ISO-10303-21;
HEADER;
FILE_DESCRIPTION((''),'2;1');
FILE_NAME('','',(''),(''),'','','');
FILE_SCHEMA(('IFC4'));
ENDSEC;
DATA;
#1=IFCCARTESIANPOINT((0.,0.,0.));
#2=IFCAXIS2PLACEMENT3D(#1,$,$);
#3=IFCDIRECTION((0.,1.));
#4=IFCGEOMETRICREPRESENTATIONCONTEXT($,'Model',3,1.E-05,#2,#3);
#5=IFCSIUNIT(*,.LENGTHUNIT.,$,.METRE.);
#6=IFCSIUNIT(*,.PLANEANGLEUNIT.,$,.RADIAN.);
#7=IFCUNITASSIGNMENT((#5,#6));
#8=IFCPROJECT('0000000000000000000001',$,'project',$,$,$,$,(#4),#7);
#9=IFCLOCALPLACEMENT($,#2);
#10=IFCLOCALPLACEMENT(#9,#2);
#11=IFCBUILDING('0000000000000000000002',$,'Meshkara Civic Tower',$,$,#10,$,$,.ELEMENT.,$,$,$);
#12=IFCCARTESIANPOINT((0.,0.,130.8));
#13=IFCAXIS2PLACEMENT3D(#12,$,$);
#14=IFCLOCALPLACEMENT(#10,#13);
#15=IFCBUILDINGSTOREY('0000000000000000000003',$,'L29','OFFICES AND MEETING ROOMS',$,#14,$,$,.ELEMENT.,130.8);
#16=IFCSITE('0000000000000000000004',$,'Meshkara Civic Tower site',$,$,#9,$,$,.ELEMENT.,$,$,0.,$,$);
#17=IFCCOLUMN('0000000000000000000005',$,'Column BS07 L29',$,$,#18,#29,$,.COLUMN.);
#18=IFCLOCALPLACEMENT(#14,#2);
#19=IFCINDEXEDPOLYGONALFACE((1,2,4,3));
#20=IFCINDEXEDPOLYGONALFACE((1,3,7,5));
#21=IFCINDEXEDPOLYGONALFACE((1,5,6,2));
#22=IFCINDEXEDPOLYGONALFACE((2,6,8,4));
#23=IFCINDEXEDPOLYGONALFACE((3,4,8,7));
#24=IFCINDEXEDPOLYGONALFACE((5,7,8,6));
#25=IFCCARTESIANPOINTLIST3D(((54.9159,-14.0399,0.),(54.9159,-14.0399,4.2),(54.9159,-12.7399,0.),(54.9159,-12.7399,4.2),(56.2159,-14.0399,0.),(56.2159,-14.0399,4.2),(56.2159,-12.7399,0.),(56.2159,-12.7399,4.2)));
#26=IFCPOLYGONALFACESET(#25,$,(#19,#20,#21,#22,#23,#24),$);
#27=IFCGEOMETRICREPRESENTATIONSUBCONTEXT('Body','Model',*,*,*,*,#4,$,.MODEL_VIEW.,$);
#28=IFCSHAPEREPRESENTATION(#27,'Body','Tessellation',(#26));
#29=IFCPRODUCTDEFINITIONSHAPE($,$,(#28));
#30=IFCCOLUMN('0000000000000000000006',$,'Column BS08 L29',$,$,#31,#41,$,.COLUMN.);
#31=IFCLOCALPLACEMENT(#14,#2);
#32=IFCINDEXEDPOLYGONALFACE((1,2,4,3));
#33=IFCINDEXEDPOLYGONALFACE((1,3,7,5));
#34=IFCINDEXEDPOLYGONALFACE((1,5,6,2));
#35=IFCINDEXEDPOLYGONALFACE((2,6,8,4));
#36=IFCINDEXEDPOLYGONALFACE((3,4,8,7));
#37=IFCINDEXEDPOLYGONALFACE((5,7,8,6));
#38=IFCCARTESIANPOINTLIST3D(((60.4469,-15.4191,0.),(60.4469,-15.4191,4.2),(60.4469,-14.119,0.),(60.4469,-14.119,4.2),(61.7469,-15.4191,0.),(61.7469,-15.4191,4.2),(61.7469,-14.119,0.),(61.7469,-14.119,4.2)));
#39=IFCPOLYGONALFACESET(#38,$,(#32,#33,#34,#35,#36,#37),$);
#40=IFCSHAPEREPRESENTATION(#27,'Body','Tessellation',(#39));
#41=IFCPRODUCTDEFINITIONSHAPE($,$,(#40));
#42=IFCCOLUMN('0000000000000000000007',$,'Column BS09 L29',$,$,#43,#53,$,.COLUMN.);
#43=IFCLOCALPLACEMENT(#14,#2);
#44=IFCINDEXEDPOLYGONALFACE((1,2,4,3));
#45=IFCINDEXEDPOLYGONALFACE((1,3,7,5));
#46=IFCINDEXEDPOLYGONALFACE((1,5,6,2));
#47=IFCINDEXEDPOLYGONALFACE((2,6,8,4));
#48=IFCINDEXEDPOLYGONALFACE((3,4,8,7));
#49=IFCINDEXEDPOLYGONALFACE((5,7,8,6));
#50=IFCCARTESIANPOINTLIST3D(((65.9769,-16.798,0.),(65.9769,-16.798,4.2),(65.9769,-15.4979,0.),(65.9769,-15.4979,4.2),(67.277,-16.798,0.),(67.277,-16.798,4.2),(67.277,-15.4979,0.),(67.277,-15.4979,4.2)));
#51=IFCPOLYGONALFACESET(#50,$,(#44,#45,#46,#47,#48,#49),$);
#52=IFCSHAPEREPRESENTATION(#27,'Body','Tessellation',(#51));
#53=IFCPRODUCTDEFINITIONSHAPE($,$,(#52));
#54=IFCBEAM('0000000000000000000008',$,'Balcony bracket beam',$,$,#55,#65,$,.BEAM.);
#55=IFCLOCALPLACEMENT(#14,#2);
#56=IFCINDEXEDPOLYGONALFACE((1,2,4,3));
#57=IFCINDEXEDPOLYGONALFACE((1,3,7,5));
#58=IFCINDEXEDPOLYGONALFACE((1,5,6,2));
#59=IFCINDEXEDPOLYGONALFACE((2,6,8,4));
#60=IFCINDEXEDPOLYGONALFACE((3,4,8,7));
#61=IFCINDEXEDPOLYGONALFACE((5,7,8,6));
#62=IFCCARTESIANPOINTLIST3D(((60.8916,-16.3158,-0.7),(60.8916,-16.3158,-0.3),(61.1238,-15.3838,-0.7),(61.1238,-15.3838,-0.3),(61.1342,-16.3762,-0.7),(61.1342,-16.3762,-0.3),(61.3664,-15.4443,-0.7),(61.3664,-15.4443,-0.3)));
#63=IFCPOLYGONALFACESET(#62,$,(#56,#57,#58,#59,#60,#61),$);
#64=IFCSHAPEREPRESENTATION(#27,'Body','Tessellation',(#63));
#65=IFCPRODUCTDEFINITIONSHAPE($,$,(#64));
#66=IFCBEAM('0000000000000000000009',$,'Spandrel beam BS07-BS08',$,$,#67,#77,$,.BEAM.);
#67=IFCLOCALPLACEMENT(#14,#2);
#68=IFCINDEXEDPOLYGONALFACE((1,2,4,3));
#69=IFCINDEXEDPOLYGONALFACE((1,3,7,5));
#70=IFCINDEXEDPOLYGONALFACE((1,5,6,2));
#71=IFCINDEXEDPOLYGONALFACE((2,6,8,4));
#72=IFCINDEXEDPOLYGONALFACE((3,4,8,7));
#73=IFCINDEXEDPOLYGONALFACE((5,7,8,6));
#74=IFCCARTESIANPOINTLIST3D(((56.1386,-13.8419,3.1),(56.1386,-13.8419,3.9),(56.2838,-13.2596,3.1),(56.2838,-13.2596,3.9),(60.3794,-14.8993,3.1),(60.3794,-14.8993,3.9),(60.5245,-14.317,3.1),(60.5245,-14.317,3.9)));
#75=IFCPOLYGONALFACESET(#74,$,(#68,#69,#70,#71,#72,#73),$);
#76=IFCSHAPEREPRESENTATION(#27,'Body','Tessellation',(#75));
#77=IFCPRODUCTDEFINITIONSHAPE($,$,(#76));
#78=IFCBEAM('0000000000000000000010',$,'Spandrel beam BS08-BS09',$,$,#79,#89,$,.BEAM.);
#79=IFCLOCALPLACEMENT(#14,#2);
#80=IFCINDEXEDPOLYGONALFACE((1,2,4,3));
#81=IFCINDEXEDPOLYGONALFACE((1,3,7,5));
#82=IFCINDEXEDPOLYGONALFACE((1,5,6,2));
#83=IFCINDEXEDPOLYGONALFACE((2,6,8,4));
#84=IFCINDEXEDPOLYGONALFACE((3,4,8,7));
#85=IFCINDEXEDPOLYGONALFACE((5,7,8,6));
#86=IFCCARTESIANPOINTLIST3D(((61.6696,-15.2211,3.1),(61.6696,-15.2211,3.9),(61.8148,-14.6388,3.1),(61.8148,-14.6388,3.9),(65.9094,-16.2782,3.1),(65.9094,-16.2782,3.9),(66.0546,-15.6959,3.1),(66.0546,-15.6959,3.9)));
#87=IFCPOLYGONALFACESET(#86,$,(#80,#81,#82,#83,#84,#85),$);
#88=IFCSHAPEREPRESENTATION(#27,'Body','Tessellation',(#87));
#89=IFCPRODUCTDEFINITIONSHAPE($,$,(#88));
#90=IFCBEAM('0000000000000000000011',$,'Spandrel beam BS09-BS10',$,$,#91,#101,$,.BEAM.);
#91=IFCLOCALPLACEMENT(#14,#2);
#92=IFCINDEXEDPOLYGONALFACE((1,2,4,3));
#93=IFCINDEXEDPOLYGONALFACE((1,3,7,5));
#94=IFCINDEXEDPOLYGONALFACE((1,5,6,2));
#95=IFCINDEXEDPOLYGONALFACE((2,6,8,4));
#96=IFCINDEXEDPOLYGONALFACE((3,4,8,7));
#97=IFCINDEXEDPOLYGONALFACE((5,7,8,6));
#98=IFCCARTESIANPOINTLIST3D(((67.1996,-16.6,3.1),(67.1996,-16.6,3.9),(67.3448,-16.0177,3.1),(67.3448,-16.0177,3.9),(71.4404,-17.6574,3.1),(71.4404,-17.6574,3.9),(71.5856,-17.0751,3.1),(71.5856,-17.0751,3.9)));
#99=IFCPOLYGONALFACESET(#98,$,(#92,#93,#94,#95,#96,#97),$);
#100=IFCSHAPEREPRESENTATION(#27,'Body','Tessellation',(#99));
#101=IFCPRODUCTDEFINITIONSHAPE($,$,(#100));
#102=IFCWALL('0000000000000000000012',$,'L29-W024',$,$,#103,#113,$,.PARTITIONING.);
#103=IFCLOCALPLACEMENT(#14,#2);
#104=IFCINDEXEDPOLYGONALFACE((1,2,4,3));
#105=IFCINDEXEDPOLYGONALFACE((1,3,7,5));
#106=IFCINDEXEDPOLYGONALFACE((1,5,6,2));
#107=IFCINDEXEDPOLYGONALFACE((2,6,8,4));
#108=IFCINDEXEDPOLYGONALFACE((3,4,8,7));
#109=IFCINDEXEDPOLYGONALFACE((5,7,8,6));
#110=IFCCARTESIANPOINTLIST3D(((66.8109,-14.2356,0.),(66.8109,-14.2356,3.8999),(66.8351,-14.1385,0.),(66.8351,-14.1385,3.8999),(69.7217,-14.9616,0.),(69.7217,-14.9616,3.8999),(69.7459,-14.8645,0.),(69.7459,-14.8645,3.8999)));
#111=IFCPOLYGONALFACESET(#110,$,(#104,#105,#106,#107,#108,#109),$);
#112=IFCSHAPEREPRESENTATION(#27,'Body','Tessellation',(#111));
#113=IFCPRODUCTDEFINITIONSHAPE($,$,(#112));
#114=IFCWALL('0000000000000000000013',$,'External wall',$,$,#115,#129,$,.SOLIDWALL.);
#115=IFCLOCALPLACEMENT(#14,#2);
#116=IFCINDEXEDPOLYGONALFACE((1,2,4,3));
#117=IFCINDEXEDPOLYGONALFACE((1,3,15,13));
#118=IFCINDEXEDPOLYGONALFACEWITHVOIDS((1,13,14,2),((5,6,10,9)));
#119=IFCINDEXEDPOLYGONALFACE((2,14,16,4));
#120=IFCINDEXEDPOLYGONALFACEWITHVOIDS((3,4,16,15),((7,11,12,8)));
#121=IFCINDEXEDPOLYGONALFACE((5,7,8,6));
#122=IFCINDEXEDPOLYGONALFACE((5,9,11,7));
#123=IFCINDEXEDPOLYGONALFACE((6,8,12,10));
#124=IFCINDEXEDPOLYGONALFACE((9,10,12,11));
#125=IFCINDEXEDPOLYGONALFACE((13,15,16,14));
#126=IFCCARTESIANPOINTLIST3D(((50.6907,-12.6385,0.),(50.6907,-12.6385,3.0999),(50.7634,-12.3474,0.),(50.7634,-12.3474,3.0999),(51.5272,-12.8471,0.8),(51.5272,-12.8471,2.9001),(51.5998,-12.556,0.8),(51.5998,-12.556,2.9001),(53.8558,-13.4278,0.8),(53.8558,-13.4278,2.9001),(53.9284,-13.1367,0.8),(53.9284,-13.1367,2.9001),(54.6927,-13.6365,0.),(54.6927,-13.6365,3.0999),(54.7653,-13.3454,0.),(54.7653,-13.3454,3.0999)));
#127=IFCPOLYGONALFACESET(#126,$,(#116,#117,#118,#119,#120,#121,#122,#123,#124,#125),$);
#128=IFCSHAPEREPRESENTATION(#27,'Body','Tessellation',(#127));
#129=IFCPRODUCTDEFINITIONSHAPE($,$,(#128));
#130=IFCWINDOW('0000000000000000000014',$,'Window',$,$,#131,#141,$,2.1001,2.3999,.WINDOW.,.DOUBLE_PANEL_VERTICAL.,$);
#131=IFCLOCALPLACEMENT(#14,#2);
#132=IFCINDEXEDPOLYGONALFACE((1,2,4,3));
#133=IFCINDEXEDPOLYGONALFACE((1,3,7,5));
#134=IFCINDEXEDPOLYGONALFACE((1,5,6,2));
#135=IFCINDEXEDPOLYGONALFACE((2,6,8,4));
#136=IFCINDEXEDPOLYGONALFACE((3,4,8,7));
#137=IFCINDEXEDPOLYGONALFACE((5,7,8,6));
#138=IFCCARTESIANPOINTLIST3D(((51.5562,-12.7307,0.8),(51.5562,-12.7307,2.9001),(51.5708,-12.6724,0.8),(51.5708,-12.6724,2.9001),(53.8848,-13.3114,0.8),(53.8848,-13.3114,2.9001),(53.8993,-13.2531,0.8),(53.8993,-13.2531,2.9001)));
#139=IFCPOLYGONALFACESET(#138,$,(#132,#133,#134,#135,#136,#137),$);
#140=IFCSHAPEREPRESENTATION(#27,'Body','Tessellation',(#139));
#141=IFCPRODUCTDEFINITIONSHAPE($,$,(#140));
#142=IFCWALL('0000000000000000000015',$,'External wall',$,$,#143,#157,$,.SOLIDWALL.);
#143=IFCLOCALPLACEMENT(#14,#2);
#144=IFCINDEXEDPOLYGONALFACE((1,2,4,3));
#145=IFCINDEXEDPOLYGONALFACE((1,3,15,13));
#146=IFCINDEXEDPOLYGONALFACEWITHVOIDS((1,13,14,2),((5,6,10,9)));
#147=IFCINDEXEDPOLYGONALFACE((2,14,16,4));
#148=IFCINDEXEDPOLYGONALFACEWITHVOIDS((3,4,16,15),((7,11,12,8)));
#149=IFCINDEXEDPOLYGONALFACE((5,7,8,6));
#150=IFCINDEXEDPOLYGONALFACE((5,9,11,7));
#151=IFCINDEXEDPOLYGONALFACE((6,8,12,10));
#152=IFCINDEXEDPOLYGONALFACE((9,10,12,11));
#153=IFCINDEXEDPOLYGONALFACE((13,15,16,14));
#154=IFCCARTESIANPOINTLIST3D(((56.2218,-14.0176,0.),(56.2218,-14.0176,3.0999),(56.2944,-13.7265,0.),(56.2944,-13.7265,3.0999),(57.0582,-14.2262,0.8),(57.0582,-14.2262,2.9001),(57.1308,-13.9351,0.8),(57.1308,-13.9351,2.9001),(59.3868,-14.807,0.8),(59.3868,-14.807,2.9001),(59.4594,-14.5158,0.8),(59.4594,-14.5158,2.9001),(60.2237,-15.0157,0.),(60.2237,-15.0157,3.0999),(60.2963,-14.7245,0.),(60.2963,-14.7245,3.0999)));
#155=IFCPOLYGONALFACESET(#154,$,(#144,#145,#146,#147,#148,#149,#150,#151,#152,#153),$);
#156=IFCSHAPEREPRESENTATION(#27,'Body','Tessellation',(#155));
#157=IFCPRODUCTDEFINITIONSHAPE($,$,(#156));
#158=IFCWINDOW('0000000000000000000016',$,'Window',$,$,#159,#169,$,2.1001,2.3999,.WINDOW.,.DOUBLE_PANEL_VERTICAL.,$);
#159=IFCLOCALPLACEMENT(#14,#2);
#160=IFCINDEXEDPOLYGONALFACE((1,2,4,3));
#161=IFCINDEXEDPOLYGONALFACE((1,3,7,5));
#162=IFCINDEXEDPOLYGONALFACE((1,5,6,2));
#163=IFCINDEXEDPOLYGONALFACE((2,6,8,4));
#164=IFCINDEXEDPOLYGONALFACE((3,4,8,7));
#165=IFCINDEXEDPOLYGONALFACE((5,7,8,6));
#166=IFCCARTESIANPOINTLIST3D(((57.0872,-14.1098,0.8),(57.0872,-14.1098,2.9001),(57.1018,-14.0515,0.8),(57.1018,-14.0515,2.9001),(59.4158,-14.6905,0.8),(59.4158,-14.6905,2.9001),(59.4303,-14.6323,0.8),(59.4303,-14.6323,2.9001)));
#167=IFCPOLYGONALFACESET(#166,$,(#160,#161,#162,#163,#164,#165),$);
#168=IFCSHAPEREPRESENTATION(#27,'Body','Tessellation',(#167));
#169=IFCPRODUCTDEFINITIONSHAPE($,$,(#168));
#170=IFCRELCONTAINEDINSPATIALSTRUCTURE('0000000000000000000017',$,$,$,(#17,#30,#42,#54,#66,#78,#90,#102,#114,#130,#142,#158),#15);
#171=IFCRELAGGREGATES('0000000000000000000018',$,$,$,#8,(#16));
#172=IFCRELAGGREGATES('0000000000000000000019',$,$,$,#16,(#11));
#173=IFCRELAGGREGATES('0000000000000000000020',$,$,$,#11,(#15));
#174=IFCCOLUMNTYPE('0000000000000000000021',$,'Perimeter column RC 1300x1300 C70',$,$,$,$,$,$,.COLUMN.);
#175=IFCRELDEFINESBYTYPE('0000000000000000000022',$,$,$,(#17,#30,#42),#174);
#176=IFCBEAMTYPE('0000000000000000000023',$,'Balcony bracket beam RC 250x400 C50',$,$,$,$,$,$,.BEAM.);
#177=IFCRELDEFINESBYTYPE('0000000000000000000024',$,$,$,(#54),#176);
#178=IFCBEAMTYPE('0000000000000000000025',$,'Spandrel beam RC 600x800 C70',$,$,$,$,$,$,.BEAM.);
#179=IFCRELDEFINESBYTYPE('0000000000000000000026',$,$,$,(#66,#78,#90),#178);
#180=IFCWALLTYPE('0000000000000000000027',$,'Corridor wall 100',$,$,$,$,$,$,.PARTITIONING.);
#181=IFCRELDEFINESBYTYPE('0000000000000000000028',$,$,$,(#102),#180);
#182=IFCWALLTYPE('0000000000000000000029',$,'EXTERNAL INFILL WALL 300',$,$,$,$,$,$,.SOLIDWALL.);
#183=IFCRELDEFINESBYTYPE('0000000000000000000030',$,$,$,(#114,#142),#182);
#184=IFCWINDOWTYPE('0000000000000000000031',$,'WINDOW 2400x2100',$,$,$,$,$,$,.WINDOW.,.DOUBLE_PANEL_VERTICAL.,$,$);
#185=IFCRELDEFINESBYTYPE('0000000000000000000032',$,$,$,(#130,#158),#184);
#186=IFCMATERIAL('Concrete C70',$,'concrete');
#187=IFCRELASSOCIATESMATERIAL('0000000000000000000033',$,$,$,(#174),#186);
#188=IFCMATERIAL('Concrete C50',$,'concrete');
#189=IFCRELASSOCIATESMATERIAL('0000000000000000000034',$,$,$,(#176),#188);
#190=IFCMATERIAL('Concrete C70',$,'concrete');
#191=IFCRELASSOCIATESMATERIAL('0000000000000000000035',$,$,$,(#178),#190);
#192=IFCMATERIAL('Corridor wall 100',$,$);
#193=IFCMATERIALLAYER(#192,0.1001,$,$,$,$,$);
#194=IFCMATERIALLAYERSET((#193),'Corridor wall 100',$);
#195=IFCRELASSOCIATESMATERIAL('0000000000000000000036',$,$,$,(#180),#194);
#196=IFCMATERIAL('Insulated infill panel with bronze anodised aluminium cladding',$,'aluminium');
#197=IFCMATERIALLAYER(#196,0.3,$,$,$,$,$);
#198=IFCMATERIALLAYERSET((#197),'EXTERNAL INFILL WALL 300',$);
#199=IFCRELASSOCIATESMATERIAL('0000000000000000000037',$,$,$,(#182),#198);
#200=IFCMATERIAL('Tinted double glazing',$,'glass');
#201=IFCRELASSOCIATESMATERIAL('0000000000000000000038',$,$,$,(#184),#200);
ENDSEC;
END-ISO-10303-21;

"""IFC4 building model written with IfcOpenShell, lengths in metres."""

from ifc_helpers import new_model, si_unit, direction, frame, frame_2d, origin, origin_2d, place, context, subcontext, project, spatial, rectangle, extrude, material, layer, layer_set, material_profile, profile_set, type_object, element, fill, save


model = new_model("IFC4")

# Units and contexts
model_context = context("Model", 3, precision=1e-05, world=origin(), true_north=direction((0.0, 1.0)))
body_context = subcontext(model_context, "Body", "Model", "MODEL_VIEW")
ifc_project = project(units=[si_unit("LENGTHUNIT", "METRE"), si_unit("PLANEANGLEUNIT", "RADIAN")], contexts=[model_context])

# Site, building, storey
site_placement = place(None, origin())
site = spatial("IfcSite", under=ifc_project, at=site_placement, Name="Meshkara Civic Tower site", CompositionType="ELEMENT", RefElevation=0.0)
building_placement = place(site_placement, origin())
building = spatial("IfcBuilding", under=site, at=building_placement, Name="Meshkara Civic Tower", CompositionType="ELEMENT")
storey_placement = place(building_placement, frame((0.0, 0.0, 130.8)))
storey = spatial("IfcBuildingStorey", under=building, at=storey_placement, Name="L29", Description="OFFICES AND MEETING ROOMS", CompositionType="ELEMENT", Elevation=130.8)

# Columns
ifc_material_1 = material(Name="Concrete C70", Category="concrete")
ifc_material_profile_1 = material_profile(ifc_material_1, rectangle(XDim=1.3, YDim=1.3, at=origin_2d()))
ifc_profile_set_1 = profile_set([ifc_material_profile_1], Name="Concrete C70")
column_type = type_object("IfcColumnType", Name="Perimeter column RC 1300x1300 C70", PredefinedType="COLUMN", material=ifc_profile_set_1)
for number, where, z_axis, x_axis, name in (
    (1, (55.5659, -13.3899, 0.0), (0.0, 0.0, 1.0), (1.0, 0.0, 0.0), "Column BS07 L29"),
    (2, (61.0969, -14.769, 0.0), (0.0, 0.0, 1.0), (1.0, 0.0, 0.0), "Column BS08 L29"),
    (3, (66.627, -16.1479, 0.0), (0.0, 0.0, 1.0), (1.0, 0.0, 0.0), "Column BS09 L29"),
):
    element("IfcColumn", number, at=place(storey_placement, frame(where, z_axis=z_axis, x_axis=x_axis)), inside=storey, type_object=column_type, Name=name, PredefinedType="COLUMN", context=body_context, shape_type="SweptSolid", body=[
        extrude(rectangle(XDim=1.3, YDim=1.3, at=origin_2d()), origin(), (0.0, 0.0, 1.0), 4.2),
    ])

# Beams
ifc_material_2 = material(Name="Concrete C50", Category="concrete")
ifc_material_profile_2 = material_profile(ifc_material_2, rectangle(XDim=0.25, YDim=0.3999, at=origin_2d()))
ifc_profile_set_2 = profile_set([ifc_material_profile_2], Name="Concrete C50")
beam_type_1 = type_object("IfcBeamType", Name="Balcony bracket beam RC 250x400 C50", PredefinedType="BEAM", material=ifc_profile_set_2)
beam_1_placement = place(storey_placement, frame((61.2451, -15.4141, -0.5), z_axis=(-0.241758, -0.970337, 0.0), x_axis=(0.970337, -0.241758, 0.0)))
element("IfcBeam", 4, at=beam_1_placement, inside=storey, type_object=beam_type_1, Name="Balcony bracket beam", PredefinedType="BEAM", context=body_context, shape_type="SweptSolid", body=[
    extrude(rectangle(XDim=0.25, YDim=0.3999, at=origin_2d()), origin(), (0.0, 0.0, 1.0), 0.9604),
])
ifc_material_3 = material(Name="Concrete C70", Category="concrete")
ifc_material_profile_3 = material_profile(ifc_material_3, rectangle(XDim=0.6001, YDim=0.8, at=origin_2d()))
ifc_profile_set_3 = profile_set([ifc_material_profile_3], Name="Concrete C70")
beam_type_2 = type_object("IfcBeamType", Name="Spandrel beam RC 600x800 C70", PredefinedType="BEAM", material=ifc_profile_set_3)
beam_2_placement = place(storey_placement, frame((56.2112, -13.5508, 3.5), z_axis=(0.970293, -0.241931, 0.0), x_axis=(0.241931, 0.970293, 0.0)))
element("IfcBeam", 5, at=beam_2_placement, inside=storey, type_object=beam_type_2, Name="Spandrel beam BS07-BS08", PredefinedType="BEAM", context=body_context, shape_type="SweptSolid", body=[
    extrude(rectangle(XDim=0.6001, YDim=0.8, at=origin_2d()), origin(), (0.0, 0.0, 1.0), 4.3706),
])
beam_3_placement = place(storey_placement, frame((61.7422, -14.9299, 3.5), z_axis=(0.970293, -0.241931, 0.0), x_axis=(0.241931, 0.970293, 0.0)))
element("IfcBeam", 6, at=beam_3_placement, inside=storey, type_object=beam_type_2, Name="Spandrel beam BS08-BS09", PredefinedType="BEAM", context=body_context, shape_type="SweptSolid", body=[
    extrude(rectangle(XDim=0.6001, YDim=0.8, at=origin_2d()), origin(), (0.0, 0.0, 1.0), 4.3696),
])
beam_4_placement = place(storey_placement, frame((67.2722, -16.3088, 3.5), z_axis=(0.970293, -0.241931, 0.0), x_axis=(0.241931, 0.970293, 0.0)))
element("IfcBeam", 7, at=beam_4_placement, inside=storey, type_object=beam_type_2, Name="Spandrel beam BS09-BS10", PredefinedType="BEAM", context=body_context, shape_type="SweptSolid", body=[
    extrude(rectangle(XDim=0.6001, YDim=0.8, at=origin_2d()), origin(), (0.0, 0.0, 1.0), 4.3706),
])

# Wall
ifc_material_4 = material(Name="Corridor wall 100")
ifc_layer_1 = layer(ifc_material_4, 0.1001)
ifc_layer_set_1 = layer_set([ifc_layer_1], Name="Corridor wall 100")
wall_type_1 = type_object("IfcWallType", Name="Corridor wall 100", PredefinedType="PARTITIONING", material=ifc_layer_set_1)
wall_1_placement = place(storey_placement, frame((66.823, -14.187, 0.0), z_axis=(0.0, 0.0, 1.0), x_axis=(0.970272, -0.242019, 0.0)))
element("IfcWall", 8, at=wall_1_placement, inside=storey, type_object=wall_type_1, Name="L29-W024", PredefinedType="PARTITIONING", context=body_context, shape_type="SweptSolid", body=[
    extrude(rectangle(XDim=3.0, YDim=0.1001, at=frame_2d((1.5, 0.0))), origin(), (0.0, 0.0, 1.0), 3.8999),
])

# Walls, openings, windows
ifc_material_5 = material(Name="Insulated infill panel with bronze anodised aluminium cladding", Category="aluminium")
ifc_layer_2 = layer(ifc_material_5, 0.3)
ifc_layer_set_2 = layer_set([ifc_layer_2], Name="EXTERNAL INFILL WALL 300")
wall_type_2 = type_object("IfcWallType", Name="EXTERNAL INFILL WALL 300", PredefinedType="SOLIDWALL", material=ifc_layer_set_2)
wall_2_placement = place(storey_placement, frame((50.7271, -12.4929, 0.0), z_axis=(0.0, 0.0, 1.0), x_axis=(0.970282, -0.241978, 0.0)))
wall_2 = element("IfcWall", 9, at=wall_2_placement, inside=storey, type_object=wall_type_2, Name="External wall", PredefinedType="SOLIDWALL", context=body_context, shape_type="SweptSolid", body=[
    extrude(rectangle(XDim=4.1245, YDim=0.3, at=frame_2d((2.0623, 0.0))), origin(), (0.0, 0.0, 1.0), 3.0999),
])
opening_1_placement = place(wall_2_placement, frame((0.8621, 0.0, 0.8)))
opening_1 = element("IfcOpeningElement", 10, at=opening_1_placement, cuts=wall_2, PredefinedType="OPENING", context=body_context, shape_type="SweptSolid", body=[
    extrude(rectangle(XDim=2.3999, YDim=2.1001, at=frame_2d((1.2, 1.05))), frame((0.0, 0.1599, 0.0), z_axis=(0.0, -1.0, 0.0), x_axis=(1.0, 0.0, 0.0)), (0.0, 0.0, 1.0), 0.3201),
])
ifc_material_6 = material(Name="Tinted double glazing", Category="glass")
window_type = type_object("IfcWindowType", Name="WINDOW 2400x2100", PartitioningType="DOUBLE_PANEL_VERTICAL", PredefinedType="WINDOW", material=ifc_material_6)
window_1_placement = place(opening_1_placement, origin())
window_1 = element("IfcWindow", 11, at=window_1_placement, inside=storey, type_object=window_type, Name="Window", OverallHeight=2.1001, OverallWidth=2.3999, PartitioningType="DOUBLE_PANEL_VERTICAL", PredefinedType="WINDOW", context=body_context, shape_type="SweptSolid", body=[
    extrude(rectangle(XDim=2.3999, YDim=2.1001, at=frame_2d((1.2, 1.05))), frame((0.0, 0.03, 0.0), z_axis=(0.0, -1.0, 0.0), x_axis=(1.0, 0.0, 0.0)), (0.0, 0.0, 1.0), 0.0601),
])
fill(opening_1, window_1)
wall_3_placement = place(storey_placement, frame((56.2581, -13.8721, 0.0), z_axis=(0.0, 0.0, 1.0), x_axis=(0.970282, -0.241978, 0.0)))
wall_3 = element("IfcWall", 12, at=wall_3_placement, inside=storey, type_object=wall_type_2, Name="External wall", PredefinedType="SOLIDWALL", context=body_context, shape_type="SweptSolid", body=[
    extrude(rectangle(XDim=4.1245, YDim=0.3, at=frame_2d((2.0623, 0.0))), origin(), (0.0, 0.0, 1.0), 3.0999),
])
opening_2_placement = place(wall_3_placement, frame((0.8621, 0.0, 0.8)))
opening_2 = element("IfcOpeningElement", 13, at=opening_2_placement, cuts=wall_3, PredefinedType="OPENING", context=body_context, shape_type="SweptSolid", body=[
    extrude(rectangle(XDim=2.3999, YDim=2.1001, at=frame_2d((1.2, 1.05))), frame((0.0, 0.1599, 0.0), z_axis=(0.0, -1.0, 0.0), x_axis=(1.0, 0.0, 0.0)), (0.0, 0.0, 1.0), 0.3201),
])
window_2_placement = place(opening_2_placement, origin())
window_2 = element("IfcWindow", 14, at=window_2_placement, inside=storey, type_object=window_type, Name="Window", OverallHeight=2.1001, OverallWidth=2.3999, PartitioningType="DOUBLE_PANEL_VERTICAL", PredefinedType="WINDOW", context=body_context, shape_type="SweptSolid", body=[
    extrude(rectangle(XDim=2.3999, YDim=2.1001, at=frame_2d((1.2, 1.05))), frame((0.0, 0.03, 0.0), z_axis=(0.0, -1.0, 0.0), x_axis=(1.0, 0.0, 0.0)), (0.0, 0.0, 1.0), 0.0601),
])
fill(opening_2, window_2)

save(model, "model.ifc")
